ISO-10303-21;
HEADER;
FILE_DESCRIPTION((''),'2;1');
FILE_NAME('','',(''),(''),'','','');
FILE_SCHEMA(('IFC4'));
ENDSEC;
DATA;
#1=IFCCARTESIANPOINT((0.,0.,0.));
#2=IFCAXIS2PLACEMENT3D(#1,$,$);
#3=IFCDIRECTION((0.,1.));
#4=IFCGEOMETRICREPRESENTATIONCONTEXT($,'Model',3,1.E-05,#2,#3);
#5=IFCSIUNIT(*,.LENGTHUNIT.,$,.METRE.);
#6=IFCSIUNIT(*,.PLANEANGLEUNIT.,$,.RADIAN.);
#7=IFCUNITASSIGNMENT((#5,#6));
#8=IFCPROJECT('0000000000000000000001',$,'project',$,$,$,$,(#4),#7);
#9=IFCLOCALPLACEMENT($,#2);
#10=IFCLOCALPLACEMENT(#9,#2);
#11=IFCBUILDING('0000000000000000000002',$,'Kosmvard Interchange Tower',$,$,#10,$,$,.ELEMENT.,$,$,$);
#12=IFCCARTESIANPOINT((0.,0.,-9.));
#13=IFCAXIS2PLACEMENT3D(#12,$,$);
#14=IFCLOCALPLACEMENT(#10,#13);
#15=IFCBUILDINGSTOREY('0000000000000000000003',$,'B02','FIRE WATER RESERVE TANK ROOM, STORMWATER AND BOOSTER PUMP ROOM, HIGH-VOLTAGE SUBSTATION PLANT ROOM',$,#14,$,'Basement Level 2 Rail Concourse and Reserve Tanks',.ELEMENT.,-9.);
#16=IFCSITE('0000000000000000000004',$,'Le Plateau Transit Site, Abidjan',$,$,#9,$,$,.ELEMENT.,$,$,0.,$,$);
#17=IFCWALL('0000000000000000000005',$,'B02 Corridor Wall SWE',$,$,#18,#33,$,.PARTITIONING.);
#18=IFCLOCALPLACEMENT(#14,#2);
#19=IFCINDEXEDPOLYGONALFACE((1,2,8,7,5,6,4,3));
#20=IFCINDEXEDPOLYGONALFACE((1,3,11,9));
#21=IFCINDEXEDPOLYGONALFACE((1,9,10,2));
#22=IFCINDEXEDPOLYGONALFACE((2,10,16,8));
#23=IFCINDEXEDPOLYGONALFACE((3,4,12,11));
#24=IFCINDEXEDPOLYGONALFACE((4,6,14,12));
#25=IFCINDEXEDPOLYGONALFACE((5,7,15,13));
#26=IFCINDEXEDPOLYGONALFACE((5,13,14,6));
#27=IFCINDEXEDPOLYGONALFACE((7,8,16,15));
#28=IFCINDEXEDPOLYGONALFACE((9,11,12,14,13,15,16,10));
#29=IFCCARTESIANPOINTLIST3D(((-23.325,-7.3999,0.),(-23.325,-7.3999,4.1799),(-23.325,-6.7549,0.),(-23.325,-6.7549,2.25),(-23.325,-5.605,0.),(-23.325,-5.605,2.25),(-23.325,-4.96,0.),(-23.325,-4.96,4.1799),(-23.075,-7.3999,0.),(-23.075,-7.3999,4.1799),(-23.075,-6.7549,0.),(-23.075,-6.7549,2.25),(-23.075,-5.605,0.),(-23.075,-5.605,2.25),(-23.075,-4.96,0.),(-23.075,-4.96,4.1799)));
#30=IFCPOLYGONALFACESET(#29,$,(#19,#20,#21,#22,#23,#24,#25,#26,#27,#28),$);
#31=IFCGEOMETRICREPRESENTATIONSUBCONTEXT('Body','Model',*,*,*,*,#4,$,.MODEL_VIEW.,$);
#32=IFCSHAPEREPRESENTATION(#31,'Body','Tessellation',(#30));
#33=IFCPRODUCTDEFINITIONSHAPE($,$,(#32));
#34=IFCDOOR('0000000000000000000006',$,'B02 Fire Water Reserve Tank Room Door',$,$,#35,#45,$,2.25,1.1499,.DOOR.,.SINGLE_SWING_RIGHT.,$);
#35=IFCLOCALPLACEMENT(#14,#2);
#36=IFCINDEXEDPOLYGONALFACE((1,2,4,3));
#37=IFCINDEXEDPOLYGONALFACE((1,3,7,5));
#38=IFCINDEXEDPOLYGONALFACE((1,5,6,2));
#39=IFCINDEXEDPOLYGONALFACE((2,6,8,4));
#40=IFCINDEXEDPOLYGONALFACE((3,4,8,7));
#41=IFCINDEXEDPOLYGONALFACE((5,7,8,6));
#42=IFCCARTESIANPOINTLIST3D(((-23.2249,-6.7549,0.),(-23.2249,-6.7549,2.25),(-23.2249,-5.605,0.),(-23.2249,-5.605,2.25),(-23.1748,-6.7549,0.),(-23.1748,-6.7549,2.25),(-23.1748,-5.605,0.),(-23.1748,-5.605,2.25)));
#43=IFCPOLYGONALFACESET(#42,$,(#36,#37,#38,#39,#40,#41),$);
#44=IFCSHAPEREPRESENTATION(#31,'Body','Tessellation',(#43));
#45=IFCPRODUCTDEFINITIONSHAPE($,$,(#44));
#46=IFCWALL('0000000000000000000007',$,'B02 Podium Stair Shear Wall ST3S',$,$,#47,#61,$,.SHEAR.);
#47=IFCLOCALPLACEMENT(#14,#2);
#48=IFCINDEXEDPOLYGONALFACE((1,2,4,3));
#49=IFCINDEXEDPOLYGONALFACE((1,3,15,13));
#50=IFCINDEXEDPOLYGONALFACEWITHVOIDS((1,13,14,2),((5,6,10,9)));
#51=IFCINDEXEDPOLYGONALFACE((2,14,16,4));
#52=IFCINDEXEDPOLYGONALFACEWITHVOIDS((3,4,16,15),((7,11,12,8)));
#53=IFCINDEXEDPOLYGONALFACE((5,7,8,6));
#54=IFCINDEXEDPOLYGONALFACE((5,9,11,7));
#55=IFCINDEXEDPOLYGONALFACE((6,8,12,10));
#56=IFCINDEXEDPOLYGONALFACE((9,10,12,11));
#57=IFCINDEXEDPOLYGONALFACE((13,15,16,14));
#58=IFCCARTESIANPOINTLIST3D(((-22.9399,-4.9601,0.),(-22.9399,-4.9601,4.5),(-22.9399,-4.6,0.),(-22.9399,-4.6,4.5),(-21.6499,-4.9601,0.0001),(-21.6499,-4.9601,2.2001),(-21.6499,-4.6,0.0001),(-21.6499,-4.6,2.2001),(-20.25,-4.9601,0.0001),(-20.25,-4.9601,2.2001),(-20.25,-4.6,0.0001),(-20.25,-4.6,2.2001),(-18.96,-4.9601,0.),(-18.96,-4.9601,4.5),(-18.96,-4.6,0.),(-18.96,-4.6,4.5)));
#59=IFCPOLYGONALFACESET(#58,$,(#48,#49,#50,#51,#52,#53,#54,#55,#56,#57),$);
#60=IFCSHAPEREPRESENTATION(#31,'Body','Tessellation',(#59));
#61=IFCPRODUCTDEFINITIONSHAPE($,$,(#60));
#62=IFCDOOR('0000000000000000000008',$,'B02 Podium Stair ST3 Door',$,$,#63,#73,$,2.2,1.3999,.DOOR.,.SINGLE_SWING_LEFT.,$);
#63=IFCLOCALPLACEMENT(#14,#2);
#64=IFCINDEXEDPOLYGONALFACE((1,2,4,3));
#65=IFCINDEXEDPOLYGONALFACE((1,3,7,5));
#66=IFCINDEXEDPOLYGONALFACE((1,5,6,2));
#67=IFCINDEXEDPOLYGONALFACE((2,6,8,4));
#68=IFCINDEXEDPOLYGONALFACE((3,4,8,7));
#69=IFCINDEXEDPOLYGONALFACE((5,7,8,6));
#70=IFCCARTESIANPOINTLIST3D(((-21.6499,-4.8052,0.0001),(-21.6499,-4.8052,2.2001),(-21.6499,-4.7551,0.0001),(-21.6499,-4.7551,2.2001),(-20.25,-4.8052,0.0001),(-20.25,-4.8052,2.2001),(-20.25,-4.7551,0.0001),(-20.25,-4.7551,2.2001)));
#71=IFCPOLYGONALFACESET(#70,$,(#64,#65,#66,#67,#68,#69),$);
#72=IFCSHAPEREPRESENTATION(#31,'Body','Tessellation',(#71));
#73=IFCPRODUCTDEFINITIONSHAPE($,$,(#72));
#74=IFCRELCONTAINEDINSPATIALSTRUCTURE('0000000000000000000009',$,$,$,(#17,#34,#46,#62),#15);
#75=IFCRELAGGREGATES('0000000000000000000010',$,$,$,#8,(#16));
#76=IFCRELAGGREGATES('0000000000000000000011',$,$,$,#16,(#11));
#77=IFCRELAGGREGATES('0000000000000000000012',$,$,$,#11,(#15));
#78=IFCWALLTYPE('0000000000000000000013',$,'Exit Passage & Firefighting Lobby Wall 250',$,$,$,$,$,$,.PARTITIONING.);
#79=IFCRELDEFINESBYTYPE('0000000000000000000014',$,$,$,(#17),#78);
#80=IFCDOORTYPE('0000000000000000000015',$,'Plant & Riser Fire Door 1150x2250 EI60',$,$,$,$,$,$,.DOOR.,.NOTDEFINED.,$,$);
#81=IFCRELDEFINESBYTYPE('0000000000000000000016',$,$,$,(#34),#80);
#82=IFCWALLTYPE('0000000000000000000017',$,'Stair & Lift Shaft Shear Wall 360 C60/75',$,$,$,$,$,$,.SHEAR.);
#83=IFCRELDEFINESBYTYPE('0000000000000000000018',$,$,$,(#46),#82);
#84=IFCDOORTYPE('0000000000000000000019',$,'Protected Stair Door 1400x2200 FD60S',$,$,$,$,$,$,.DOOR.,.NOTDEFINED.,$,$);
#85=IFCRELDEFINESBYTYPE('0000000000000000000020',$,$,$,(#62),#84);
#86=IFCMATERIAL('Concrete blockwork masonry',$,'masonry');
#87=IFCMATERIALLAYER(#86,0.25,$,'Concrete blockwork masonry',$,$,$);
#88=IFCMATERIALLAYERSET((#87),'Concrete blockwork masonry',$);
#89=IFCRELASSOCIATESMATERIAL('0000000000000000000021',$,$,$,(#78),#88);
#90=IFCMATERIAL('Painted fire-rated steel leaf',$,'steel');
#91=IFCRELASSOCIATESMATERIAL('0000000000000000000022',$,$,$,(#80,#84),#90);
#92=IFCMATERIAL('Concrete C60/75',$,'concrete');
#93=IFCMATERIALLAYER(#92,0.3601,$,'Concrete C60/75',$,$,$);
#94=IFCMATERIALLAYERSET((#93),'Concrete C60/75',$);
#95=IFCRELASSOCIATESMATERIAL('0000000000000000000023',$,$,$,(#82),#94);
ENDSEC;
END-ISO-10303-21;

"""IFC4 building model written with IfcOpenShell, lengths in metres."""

from ifc_helpers import new_model, si_unit, direction, frame, frame_2d, origin, place, context, subcontext, project, spatial, rectangle, extrude, source, transform, mapped, material, layer, layer_set, type_object, element, fill, save


model = new_model("IFC4")

# Units and contexts
model_context = context("Model", 3, precision=1e-05, world=origin(), true_north=direction((0.0, 1.0)))
body_context = subcontext(model_context, "Body", "Model", "MODEL_VIEW")
ifc_project = project(units=[si_unit("LENGTHUNIT", "METRE"), si_unit("PLANEANGLEUNIT", "RADIAN")], contexts=[model_context])

# Site, building, storey
site_placement = place(None, origin())
site = spatial("IfcSite", under=ifc_project, at=site_placement, Name="Le Plateau Transit Site, Abidjan", CompositionType="ELEMENT", RefElevation=0.0)
building_placement = place(site_placement, origin())
building = spatial("IfcBuilding", under=site, at=building_placement, Name="Kosmvard Interchange Tower", CompositionType="ELEMENT")
storey_placement = place(building_placement, frame((0.0, 0.0, -9.0)))
storey = spatial("IfcBuildingStorey", under=building, at=storey_placement, Name="B02", Description="FIRE WATER RESERVE TANK ROOM, STORMWATER AND BOOSTER PUMP ROOM, HIGH-VOLTAGE SUBSTATION PLANT ROOM", LongName="Basement Level 2 Rail Concourse and Reserve Tanks", CompositionType="ELEMENT", Elevation=-9.0)

# Shared definitions
ifc_material_1 = material(Name="Concrete C60/75", Category="concrete")

# Shared definitions
ifc_material_2 = material(Name="Concrete blockwork masonry", Category="masonry")
ifc_layer_1 = layer(ifc_material_2, 0.25, Name="Concrete blockwork masonry")
ifc_layer_set_1 = layer_set([ifc_layer_1], Name="Concrete blockwork masonry")
wall_type_1 = type_object("IfcWallType", Name="Exit Passage & Firefighting Lobby Wall 250", PredefinedType="PARTITIONING", material=ifc_layer_set_1)

# Walls, openings, doors
wall_1_placement = place(storey_placement, frame((-23.2, -7.3999, 0.0), z_axis=(0.0, 0.0, 1.0), x_axis=(0.0, 1.0, 0.0)))
wall_1 = element("IfcWall", 1, at=wall_1_placement, inside=storey, type_object=wall_type_1, Name="B02 Corridor Wall SWE", PredefinedType="PARTITIONING", context=body_context, shape_type="SweptSolid", body=[
    extrude(rectangle(XDim=2.4399, YDim=0.25, at=frame_2d((1.22, 0.0))), origin(), (0.0, 0.0, 1.0), 4.1799),
])
opening_1_placement = place(wall_1_placement, frame((0.645, 0.0, 0.0)))
opening_1 = element("IfcOpeningElement", 2, at=opening_1_placement, cuts=wall_1, PredefinedType="OPENING", context=body_context, shape_type="SweptSolid", body=[
    extrude(rectangle(XDim=1.1499, YDim=2.25, at=frame_2d((0.575, 1.125))), frame((0.0, 0.135, 0.0), z_axis=(0.0, -1.0, 0.0), x_axis=(1.0, 0.0, 0.0)), (0.0, 0.0, 1.0), 0.27),
])
ifc_material_3 = material(Name="Painted fire-rated steel leaf", Category="steel")
door_type_1 = type_object("IfcDoorType", Name="Plant & Riser Fire Door 1150x2250 EI60", OperationType="NOTDEFINED", PredefinedType="DOOR", material=ifc_material_3)
shared_shape_1 = source(origin(), body_context, "Body", "SweptSolid", [
    extrude(rectangle(XDim=1.1499, YDim=2.25, at=frame_2d((0.575, 1.125))), frame((0.0, 0.0249, 0.0), z_axis=(0.0, -1.0, 0.0), x_axis=(1.0, 0.0, 0.0)), (0.0, 0.0, 1.0), 0.05),
])
door_1_placement = place(opening_1_placement, origin())
door_1 = element("IfcDoor", 3, at=door_1_placement, inside=storey, type_object=door_type_1, Name="B02 Fire Water Reserve Tank Room Door", OperationType="SINGLE_SWING_RIGHT", OverallHeight=2.25, OverallWidth=1.1499, PredefinedType="DOOR", context=body_context, shape_type="MappedRepresentation", body=[
    mapped(shared_shape_1, transform((0.0, 0.0, 0.0), scale=1.0)),
])
fill(opening_1, door_1)
ifc_layer_2 = layer(ifc_material_1, 0.3601, Name="Concrete C60/75")
ifc_layer_set_2 = layer_set([ifc_layer_2], Name="Concrete C60/75")
wall_type_2 = type_object("IfcWallType", Name="Stair & Lift Shaft Shear Wall 360 C60/75", PredefinedType="SHEAR", material=ifc_layer_set_2)
wall_2_placement = place(storey_placement, frame((-22.9399, -4.78, 0.0), z_axis=(0.0, 0.0, 1.0), x_axis=(1.0, 0.0, 0.0)))
wall_2 = element("IfcWall", 4, at=wall_2_placement, inside=storey, type_object=wall_type_2, Name="B02 Podium Stair Shear Wall ST3S", PredefinedType="SHEAR", context=body_context, shape_type="SweptSolid", body=[
    extrude(rectangle(XDim=3.98, YDim=0.3601, at=frame_2d((1.99, 0.0))), origin(), (0.0, 0.0, 1.0), 4.5),
])
opening_2_placement = place(wall_2_placement, frame((1.29, 0.0, 0.0)))
opening_2 = element("IfcOpeningElement", 5, at=opening_2_placement, cuts=wall_2, PredefinedType="OPENING", context=body_context, shape_type="SweptSolid", body=[
    extrude(rectangle(XDim=1.3999, YDim=2.2, at=frame_2d((0.7, 1.1001))), frame((0.0, 0.1899, 0.0), z_axis=(0.0, -1.0, 0.0), x_axis=(1.0, 0.0, 0.0)), (0.0, 0.0, 1.0), 0.3801),
])
door_type_2 = type_object("IfcDoorType", Name="Protected Stair Door 1400x2200 FD60S", OperationType="NOTDEFINED", PredefinedType="DOOR", material=ifc_material_3)
shared_shape_2 = source(origin(), body_context, "Body", "SweptSolid", [
    extrude(rectangle(XDim=1.3999, YDim=2.2, at=frame_2d((0.7, 1.1001))), frame((0.0, 0.0249, 0.0), z_axis=(0.0, -1.0, 0.0), x_axis=(1.0, 0.0, 0.0)), (0.0, 0.0, 1.0), 0.05),
])
door_2_placement = place(opening_2_placement, origin())
door_2 = element("IfcDoor", 6, at=door_2_placement, inside=storey, type_object=door_type_2, Name="B02 Podium Stair ST3 Door", OperationType="SINGLE_SWING_LEFT", OverallHeight=2.2, OverallWidth=1.3999, PredefinedType="DOOR", context=body_context, shape_type="MappedRepresentation", body=[
    mapped(shared_shape_2, transform((0.0, 0.0, 0.0), scale=1.0)),
])
fill(opening_2, door_2)

save(model, "model.ifc")
